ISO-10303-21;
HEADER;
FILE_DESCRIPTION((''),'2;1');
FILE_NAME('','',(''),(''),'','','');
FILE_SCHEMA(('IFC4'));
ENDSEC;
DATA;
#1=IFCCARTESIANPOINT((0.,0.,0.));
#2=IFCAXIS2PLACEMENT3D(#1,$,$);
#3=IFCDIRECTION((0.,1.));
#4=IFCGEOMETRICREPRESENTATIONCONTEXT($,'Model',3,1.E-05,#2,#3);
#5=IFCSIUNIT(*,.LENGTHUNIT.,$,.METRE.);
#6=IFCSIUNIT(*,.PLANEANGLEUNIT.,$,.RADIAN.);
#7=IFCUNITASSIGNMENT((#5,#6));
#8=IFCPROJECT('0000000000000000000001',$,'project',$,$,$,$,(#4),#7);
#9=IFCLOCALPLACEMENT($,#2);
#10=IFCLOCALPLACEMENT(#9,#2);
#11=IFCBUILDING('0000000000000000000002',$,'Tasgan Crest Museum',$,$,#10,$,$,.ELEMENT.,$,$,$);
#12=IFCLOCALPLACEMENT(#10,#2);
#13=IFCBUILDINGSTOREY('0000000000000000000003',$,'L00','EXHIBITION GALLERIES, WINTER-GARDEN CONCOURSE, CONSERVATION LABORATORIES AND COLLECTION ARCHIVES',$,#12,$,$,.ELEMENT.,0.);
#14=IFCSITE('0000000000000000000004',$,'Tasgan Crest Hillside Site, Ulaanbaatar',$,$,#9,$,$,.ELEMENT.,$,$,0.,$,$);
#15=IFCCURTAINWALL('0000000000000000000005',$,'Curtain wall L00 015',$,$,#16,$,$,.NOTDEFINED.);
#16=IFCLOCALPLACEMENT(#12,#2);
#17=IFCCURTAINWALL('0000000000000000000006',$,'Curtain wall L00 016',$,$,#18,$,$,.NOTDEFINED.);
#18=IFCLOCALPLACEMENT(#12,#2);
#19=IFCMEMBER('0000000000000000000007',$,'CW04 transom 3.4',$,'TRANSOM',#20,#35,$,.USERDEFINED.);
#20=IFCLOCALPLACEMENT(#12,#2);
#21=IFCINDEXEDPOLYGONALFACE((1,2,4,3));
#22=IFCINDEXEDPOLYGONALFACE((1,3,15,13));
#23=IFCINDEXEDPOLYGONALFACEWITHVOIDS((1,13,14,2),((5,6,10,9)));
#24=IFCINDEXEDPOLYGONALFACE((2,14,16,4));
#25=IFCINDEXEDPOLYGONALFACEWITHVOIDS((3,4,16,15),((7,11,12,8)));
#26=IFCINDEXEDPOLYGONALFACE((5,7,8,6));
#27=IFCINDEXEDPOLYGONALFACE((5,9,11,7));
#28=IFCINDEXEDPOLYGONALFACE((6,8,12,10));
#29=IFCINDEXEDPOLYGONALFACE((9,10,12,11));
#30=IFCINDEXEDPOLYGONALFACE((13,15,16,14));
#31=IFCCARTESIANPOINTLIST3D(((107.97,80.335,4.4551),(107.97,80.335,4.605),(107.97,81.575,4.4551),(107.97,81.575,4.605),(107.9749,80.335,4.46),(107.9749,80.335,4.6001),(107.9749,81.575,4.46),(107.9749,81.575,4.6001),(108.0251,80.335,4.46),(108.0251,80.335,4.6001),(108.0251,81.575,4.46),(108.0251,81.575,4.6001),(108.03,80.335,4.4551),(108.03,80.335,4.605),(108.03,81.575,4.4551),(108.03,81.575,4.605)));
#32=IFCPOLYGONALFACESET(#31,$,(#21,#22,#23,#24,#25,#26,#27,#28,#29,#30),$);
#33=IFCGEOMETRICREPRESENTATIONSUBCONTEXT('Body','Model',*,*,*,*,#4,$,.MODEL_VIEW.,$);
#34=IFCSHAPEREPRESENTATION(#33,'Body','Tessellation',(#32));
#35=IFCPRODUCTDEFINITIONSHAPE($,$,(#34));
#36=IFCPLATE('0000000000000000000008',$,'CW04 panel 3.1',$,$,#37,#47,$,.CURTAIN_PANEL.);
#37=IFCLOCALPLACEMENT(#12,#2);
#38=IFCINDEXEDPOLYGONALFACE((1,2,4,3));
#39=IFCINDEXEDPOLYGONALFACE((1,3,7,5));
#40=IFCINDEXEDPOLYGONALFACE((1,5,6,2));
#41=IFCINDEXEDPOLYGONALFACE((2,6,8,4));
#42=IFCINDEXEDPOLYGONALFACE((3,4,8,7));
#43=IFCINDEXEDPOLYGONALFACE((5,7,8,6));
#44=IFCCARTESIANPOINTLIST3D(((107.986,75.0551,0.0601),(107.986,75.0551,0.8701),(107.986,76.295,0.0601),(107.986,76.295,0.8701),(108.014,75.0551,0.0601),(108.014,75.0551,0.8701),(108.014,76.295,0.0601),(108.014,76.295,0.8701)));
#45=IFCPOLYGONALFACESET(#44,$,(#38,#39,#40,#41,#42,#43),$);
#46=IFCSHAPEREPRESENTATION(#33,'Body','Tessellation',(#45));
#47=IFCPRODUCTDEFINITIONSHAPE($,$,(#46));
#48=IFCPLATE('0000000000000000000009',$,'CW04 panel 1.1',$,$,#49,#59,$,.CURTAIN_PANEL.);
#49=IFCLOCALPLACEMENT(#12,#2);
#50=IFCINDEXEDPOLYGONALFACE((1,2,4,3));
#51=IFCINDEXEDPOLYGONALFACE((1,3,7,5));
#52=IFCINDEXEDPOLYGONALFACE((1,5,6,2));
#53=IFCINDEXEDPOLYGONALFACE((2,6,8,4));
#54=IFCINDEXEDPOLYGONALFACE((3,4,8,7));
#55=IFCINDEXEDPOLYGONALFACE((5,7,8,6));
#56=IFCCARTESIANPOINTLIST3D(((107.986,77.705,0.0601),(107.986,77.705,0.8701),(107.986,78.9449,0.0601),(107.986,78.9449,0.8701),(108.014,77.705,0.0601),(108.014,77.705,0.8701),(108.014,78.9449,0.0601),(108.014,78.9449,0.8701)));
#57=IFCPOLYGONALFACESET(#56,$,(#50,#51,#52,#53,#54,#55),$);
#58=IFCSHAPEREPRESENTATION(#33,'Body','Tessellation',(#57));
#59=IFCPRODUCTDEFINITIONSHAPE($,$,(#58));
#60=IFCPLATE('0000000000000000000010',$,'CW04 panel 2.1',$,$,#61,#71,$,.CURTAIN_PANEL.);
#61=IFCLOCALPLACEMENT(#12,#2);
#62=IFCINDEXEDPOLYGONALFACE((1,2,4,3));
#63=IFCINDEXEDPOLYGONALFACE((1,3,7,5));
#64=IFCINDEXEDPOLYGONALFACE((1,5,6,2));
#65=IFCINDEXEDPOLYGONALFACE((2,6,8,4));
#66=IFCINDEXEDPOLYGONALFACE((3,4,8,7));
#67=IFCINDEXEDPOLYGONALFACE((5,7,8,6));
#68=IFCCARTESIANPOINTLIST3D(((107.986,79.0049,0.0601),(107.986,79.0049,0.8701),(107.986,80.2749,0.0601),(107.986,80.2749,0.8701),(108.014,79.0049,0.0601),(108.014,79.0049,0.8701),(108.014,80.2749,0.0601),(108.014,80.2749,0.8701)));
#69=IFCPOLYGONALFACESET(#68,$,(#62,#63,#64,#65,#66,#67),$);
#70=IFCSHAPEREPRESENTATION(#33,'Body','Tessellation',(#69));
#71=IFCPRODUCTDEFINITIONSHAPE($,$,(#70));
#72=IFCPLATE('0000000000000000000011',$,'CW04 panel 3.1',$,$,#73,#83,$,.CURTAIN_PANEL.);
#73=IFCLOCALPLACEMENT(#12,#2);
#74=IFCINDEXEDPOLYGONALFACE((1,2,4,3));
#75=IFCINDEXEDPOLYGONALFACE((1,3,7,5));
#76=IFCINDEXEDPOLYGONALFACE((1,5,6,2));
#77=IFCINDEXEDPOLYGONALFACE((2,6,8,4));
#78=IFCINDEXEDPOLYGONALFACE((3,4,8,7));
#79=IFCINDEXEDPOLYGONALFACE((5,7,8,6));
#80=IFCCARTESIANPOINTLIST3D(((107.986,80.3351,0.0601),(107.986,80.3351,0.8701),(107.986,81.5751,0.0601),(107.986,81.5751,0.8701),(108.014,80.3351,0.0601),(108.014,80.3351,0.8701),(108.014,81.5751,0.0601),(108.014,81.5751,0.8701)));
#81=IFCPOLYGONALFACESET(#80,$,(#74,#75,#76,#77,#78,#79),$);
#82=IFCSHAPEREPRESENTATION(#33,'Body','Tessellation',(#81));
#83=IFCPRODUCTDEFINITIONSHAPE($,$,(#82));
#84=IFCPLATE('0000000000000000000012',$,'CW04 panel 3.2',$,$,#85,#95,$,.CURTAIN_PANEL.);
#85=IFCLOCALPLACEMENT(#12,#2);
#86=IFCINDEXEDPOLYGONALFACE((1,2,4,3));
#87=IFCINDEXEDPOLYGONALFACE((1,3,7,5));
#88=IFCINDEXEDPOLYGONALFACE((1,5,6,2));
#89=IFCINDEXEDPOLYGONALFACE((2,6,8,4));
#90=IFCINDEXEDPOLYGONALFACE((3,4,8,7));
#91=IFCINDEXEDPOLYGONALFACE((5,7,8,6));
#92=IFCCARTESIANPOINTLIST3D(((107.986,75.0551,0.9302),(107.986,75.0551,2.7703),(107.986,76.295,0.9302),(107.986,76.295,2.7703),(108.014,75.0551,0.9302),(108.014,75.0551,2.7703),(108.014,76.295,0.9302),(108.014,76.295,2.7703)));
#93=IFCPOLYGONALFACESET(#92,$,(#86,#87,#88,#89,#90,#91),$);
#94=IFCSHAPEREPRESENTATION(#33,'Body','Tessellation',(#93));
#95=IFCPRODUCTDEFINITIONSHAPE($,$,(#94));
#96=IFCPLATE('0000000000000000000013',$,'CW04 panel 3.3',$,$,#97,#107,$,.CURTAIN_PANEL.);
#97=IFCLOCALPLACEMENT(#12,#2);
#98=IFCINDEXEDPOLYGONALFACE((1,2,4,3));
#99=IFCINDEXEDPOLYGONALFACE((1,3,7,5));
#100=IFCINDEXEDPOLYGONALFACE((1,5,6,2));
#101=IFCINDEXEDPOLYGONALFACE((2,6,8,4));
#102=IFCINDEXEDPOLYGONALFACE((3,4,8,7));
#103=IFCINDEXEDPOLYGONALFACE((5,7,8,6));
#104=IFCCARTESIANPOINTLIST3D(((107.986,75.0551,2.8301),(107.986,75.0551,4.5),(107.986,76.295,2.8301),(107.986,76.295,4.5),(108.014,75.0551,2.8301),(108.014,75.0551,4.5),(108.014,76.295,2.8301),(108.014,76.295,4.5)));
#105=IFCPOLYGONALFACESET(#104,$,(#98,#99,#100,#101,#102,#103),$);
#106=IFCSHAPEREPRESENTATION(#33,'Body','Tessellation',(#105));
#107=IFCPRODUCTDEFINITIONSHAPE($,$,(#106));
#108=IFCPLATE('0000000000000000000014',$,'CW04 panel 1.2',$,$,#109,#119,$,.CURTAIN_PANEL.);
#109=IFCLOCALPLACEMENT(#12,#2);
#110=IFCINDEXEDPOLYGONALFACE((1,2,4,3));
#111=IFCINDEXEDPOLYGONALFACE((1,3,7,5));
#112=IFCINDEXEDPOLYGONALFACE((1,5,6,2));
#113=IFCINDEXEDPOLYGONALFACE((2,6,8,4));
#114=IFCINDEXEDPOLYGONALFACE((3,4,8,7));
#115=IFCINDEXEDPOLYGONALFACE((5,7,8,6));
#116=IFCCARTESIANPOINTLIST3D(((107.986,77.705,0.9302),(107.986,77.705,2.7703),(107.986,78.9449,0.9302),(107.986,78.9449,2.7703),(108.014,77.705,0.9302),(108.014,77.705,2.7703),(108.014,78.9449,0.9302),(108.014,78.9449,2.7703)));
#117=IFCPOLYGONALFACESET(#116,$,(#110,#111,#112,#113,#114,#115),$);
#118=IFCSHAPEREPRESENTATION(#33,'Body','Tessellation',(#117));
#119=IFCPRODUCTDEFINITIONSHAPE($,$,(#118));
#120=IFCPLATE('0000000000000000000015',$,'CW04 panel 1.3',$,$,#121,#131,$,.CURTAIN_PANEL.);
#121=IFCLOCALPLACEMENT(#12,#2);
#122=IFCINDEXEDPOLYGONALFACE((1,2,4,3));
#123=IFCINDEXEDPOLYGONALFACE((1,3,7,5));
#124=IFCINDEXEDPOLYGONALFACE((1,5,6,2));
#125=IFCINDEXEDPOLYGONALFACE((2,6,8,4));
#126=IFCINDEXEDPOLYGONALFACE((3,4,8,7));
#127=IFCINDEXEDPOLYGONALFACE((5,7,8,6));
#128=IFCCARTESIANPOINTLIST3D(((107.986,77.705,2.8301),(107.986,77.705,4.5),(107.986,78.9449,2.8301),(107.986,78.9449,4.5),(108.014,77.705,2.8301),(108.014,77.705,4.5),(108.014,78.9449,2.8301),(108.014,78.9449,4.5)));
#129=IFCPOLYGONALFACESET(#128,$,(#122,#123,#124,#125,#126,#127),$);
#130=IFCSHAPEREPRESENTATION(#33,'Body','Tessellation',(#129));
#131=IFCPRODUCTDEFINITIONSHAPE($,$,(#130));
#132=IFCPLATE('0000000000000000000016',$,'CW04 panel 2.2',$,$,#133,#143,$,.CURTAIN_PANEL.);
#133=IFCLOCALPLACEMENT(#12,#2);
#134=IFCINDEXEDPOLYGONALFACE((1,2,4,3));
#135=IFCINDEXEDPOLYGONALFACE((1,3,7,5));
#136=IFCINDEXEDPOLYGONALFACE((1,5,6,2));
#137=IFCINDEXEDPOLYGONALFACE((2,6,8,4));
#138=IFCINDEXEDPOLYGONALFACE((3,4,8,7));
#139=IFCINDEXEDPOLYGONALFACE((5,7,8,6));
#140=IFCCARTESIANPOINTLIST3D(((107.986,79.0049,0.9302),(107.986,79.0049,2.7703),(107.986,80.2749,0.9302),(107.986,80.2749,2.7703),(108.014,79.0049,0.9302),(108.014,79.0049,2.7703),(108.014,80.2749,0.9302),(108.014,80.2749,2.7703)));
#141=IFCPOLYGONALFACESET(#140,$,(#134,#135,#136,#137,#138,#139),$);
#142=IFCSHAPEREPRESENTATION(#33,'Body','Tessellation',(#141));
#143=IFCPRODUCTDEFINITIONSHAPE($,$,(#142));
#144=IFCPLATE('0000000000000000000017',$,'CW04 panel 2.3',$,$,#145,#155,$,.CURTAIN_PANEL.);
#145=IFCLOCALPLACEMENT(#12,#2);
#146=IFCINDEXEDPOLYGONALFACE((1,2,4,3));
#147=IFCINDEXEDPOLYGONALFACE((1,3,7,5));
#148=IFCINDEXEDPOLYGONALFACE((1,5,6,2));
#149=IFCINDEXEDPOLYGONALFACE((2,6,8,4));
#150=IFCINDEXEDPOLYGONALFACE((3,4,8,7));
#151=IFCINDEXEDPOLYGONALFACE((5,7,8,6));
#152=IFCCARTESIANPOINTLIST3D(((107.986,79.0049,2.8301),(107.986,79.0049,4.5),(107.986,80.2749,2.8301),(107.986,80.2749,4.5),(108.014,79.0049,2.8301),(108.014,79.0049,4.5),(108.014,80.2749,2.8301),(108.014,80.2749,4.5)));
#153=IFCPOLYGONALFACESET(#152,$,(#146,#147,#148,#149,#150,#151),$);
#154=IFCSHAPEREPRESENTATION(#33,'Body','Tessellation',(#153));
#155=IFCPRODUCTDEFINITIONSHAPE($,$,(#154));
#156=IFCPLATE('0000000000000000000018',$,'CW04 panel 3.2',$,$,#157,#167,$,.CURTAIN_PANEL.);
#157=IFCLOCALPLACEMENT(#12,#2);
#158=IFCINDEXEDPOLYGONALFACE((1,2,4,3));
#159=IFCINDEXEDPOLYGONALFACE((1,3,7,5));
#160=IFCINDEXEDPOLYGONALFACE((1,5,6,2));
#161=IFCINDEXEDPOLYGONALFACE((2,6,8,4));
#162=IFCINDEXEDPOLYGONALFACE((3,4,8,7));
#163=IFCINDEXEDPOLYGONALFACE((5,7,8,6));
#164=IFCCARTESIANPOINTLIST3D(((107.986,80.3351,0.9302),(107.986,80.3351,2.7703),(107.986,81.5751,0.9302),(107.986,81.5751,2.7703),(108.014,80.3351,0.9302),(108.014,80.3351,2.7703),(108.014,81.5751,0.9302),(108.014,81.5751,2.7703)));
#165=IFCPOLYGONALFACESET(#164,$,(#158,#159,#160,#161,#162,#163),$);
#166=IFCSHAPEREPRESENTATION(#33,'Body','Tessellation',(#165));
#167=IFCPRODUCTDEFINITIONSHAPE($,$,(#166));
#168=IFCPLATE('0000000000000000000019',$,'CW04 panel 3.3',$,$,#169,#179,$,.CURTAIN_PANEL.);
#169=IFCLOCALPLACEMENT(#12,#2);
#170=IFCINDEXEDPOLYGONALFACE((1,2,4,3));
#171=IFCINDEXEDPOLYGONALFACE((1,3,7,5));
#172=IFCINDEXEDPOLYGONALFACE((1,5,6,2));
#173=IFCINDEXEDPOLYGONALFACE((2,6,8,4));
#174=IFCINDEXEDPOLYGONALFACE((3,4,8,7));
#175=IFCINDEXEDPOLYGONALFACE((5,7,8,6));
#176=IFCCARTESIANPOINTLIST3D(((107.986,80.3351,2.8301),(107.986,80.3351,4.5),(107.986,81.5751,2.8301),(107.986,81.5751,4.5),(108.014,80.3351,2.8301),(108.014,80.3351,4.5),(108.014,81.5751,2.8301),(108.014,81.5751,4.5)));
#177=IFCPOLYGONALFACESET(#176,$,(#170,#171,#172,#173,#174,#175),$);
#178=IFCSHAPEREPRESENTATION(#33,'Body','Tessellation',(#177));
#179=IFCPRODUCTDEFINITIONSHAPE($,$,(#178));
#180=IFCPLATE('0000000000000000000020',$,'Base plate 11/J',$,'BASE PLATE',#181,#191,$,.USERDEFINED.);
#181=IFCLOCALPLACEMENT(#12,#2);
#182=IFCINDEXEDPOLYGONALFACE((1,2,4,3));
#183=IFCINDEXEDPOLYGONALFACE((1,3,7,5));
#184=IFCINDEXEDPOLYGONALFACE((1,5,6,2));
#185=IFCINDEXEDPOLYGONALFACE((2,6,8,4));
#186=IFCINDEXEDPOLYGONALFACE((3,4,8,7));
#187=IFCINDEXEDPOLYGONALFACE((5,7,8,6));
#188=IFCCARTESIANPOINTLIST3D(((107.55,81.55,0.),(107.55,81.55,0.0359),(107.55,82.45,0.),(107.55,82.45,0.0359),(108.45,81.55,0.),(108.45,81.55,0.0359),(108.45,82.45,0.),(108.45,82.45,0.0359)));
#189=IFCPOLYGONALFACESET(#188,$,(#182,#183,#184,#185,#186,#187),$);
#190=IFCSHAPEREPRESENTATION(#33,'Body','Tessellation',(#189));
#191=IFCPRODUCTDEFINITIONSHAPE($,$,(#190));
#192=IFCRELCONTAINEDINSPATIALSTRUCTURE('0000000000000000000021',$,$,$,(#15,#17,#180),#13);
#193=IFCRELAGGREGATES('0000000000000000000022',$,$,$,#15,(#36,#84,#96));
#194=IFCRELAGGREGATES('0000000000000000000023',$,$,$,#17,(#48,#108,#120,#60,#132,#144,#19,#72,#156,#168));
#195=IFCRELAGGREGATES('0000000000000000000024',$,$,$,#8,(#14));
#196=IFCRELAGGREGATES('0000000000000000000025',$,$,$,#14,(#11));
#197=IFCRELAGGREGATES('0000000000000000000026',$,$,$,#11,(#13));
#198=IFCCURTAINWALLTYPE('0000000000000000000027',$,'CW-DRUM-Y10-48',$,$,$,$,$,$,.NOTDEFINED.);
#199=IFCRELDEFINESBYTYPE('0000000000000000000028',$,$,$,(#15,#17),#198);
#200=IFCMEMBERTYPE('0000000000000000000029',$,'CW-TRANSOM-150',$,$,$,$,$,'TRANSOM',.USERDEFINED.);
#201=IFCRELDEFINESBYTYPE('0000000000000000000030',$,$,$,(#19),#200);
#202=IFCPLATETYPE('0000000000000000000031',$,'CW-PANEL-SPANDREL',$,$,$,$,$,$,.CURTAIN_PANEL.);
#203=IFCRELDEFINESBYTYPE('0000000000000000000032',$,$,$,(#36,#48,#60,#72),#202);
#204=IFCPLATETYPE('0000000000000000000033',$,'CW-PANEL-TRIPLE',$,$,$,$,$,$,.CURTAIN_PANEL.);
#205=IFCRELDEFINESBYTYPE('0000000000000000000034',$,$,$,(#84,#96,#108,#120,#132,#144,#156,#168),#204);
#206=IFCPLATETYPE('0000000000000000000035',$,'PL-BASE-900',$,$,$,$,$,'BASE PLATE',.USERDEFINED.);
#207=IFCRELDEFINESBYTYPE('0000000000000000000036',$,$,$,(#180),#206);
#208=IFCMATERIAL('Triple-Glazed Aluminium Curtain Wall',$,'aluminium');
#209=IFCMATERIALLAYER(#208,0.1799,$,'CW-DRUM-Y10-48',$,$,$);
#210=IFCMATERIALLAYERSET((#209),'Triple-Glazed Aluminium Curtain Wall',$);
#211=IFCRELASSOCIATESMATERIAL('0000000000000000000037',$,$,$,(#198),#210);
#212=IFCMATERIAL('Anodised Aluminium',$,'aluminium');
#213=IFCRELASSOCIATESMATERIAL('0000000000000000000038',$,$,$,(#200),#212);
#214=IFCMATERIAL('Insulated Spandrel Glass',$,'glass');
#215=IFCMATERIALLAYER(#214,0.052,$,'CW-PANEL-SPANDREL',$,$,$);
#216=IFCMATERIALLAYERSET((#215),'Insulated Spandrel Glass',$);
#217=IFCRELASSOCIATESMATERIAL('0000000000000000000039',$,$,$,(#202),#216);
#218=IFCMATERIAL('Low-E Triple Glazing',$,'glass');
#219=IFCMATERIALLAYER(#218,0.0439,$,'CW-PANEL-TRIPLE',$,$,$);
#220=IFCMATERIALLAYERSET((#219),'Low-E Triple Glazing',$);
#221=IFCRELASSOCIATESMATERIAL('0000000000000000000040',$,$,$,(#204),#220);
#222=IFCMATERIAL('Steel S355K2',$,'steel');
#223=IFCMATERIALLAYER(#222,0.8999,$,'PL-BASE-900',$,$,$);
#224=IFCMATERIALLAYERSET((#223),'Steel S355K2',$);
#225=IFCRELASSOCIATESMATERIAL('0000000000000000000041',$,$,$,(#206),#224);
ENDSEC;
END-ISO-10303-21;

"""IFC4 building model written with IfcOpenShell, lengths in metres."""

from ifc_helpers import new_model, si_unit, direction, frame, origin, origin_2d, place, context, subcontext, project, spatial, rectangle, hollow_rectangle, extrude, material, layer, layer_set, material_profile, profile_set, type_object, element, aggregate, save


model = new_model("IFC4")

# Units and contexts
model_context = context("Model", 3, precision=1e-05, world=origin(), true_north=direction((0.0, 1.0)))
body_context = subcontext(model_context, "Body", "Model", "MODEL_VIEW")
ifc_project = project(units=[si_unit("LENGTHUNIT", "METRE"), si_unit("PLANEANGLEUNIT", "RADIAN")], contexts=[model_context])

# Site, building, storey
site_placement = place(None, origin())
site = spatial("IfcSite", under=ifc_project, at=site_placement, Name="Tasgan Crest Hillside Site, Ulaanbaatar", CompositionType="ELEMENT", RefElevation=0.0)
building_placement = place(site_placement, origin())
building = spatial("IfcBuilding", under=site, at=building_placement, Name="Tasgan Crest Museum", CompositionType="ELEMENT")
storey_placement = place(building_placement, origin())
storey = spatial("IfcBuildingStorey", under=building, at=storey_placement, Name="L00", Description="EXHIBITION GALLERIES, WINTER-GARDEN CONCOURSE, CONSERVATION LABORATORIES AND COLLECTION ARCHIVES", CompositionType="ELEMENT", Elevation=0.0)

# Curtain walls
ifc_material_1 = material(Name="Triple-Glazed Aluminium Curtain Wall", Category="aluminium")
ifc_layer_1 = layer(ifc_material_1, 0.1799, Name="CW-DRUM-Y10-48")
ifc_layer_set_1 = layer_set([ifc_layer_1], Name="Triple-Glazed Aluminium Curtain Wall")
curtain_wall_type = type_object("IfcCurtainWallType", Name="CW-DRUM-Y10-48", PredefinedType="NOTDEFINED", material=ifc_layer_set_1)
curtain_wall_1_placement = place(storey_placement, origin())
curtain_wall_1 = element("IfcCurtainWall", 1, at=curtain_wall_1_placement, inside=storey, type_object=curtain_wall_type, Name="Curtain wall L00 015", PredefinedType="NOTDEFINED")
curtain_wall_2_placement = place(storey_placement, origin())
curtain_wall_2 = element("IfcCurtainWall", 2, at=curtain_wall_2_placement, inside=storey, type_object=curtain_wall_type, Name="Curtain wall L00 016", PredefinedType="NOTDEFINED")

# Member
ifc_material_2 = material(Name="Anodised Aluminium", Category="aluminium")
ifc_material_profile_1 = material_profile(ifc_material_2, hollow_rectangle(XDim=0.0601, YDim=0.1499, WallThickness=0.0049, at=origin_2d()), Name="ALU TRANSOM 150x60x5")
ifc_profile_set_1 = profile_set([ifc_material_profile_1], Name="Anodised Aluminium")
member_type_1 = type_object("IfcMemberType", Name="CW-TRANSOM-150", ElementType="TRANSOM", PredefinedType="USERDEFINED", material=ifc_profile_set_1)
member_1_placement = place(storey_placement, frame((108.0, 80.335, 4.53), z_axis=(0.0, 1.0, 0.0), x_axis=(-1.0, 0.0, 0.0)))
member_1 = element("IfcMember", 3, at=member_1_placement, type_object=member_type_1, Name="CW04 transom 3.4", ObjectType="TRANSOM", PredefinedType="USERDEFINED", context=body_context, shape_type="SweptSolid", body=[
    extrude(hollow_rectangle(XDim=0.0601, YDim=0.1499, WallThickness=0.0049, at=origin_2d()), origin(), (0.0, 0.0, 1.0), 1.24),
])

# Plates
ifc_material_3 = material(Name="Insulated Spandrel Glass", Category="glass")
ifc_layer_2 = layer(ifc_material_3, 0.052, Name="CW-PANEL-SPANDREL")
ifc_layer_set_2 = layer_set([ifc_layer_2], Name="Insulated Spandrel Glass")
plate_type_1 = type_object("IfcPlateType", Name="CW-PANEL-SPANDREL", PredefinedType="CURTAIN_PANEL", material=ifc_layer_set_2)
plate_1_placement = place(storey_placement, frame((108.0, 75.675, 0.0601), z_axis=(0.0, 0.0, 1.0), x_axis=(0.0, 1.0, 0.0)))
plate_1 = element("IfcPlate", 4, at=plate_1_placement, type_object=plate_type_1, Name="CW04 panel 3.1", PredefinedType="CURTAIN_PANEL", context=body_context, shape_type="SweptSolid", body=[
    extrude(rectangle(XDim=1.24, YDim=0.0281, at=origin_2d()), origin(), (0.0, 0.0, 1.0), 0.8101),
])
plate_2_placement = place(storey_placement, frame((108.0, 78.325, 0.0601), z_axis=(0.0, 0.0, 1.0), x_axis=(0.0, 1.0, 0.0)))
plate_2 = element("IfcPlate", 5, at=plate_2_placement, type_object=plate_type_1, Name="CW04 panel 1.1", PredefinedType="CURTAIN_PANEL", context=body_context, shape_type="SweptSolid", body=[
    extrude(rectangle(XDim=1.24, YDim=0.0281, at=origin_2d()), origin(), (0.0, 0.0, 1.0), 0.8101),
])
plate_3_placement = place(storey_placement, frame((108.0, 79.6399, 0.0601), z_axis=(0.0, 0.0, 1.0), x_axis=(0.0, 1.0, 0.0)))
plate_3 = element("IfcPlate", 6, at=plate_3_placement, type_object=plate_type_1, Name="CW04 panel 2.1", PredefinedType="CURTAIN_PANEL", context=body_context, shape_type="SweptSolid", body=[
    extrude(rectangle(XDim=1.27, YDim=0.0281, at=origin_2d()), origin(), (0.0, 0.0, 1.0), 0.8101),
])
plate_4_placement = place(storey_placement, frame((108.0, 80.9551, 0.0601), z_axis=(0.0, 0.0, 1.0), x_axis=(0.0, 1.0, 0.0)))
plate_4 = element("IfcPlate", 7, at=plate_4_placement, type_object=plate_type_1, Name="CW04 panel 3.1", PredefinedType="CURTAIN_PANEL", context=body_context, shape_type="SweptSolid", body=[
    extrude(rectangle(XDim=1.24, YDim=0.0281, at=origin_2d()), origin(), (0.0, 0.0, 1.0), 0.8101),
])
ifc_material_4 = material(Name="Low-E Triple Glazing", Category="glass")
ifc_layer_3 = layer(ifc_material_4, 0.0439, Name="CW-PANEL-TRIPLE")
ifc_layer_set_3 = layer_set([ifc_layer_3], Name="Low-E Triple Glazing")
plate_type_2 = type_object("IfcPlateType", Name="CW-PANEL-TRIPLE", PredefinedType="CURTAIN_PANEL", material=ifc_layer_set_3)
plate_5_placement = place(storey_placement, frame((108.0, 75.675, 0.9302), z_axis=(0.0, 0.0, 1.0), x_axis=(0.0, 1.0, 0.0)))
plate_5 = element("IfcPlate", 8, at=plate_5_placement, type_object=plate_type_2, Name="CW04 panel 3.2", PredefinedType="CURTAIN_PANEL", context=body_context, shape_type="SweptSolid", body=[
    extrude(rectangle(XDim=1.24, YDim=0.0281, at=origin_2d()), origin(), (0.0, 0.0, 1.0), 1.8401),
])
plate_6_placement = place(storey_placement, frame((108.0, 75.675, 2.8301), z_axis=(0.0, 0.0, 1.0), x_axis=(0.0, 1.0, 0.0)))
plate_6 = element("IfcPlate", 9, at=plate_6_placement, type_object=plate_type_2, Name="CW04 panel 3.3", PredefinedType="CURTAIN_PANEL", context=body_context, shape_type="SweptSolid", body=[
    extrude(rectangle(XDim=1.24, YDim=0.0281, at=origin_2d()), origin(), (0.0, 0.0, 1.0), 1.6699),
])
aggregate(curtain_wall_1, [plate_1, plate_5, plate_6])
plate_7_placement = place(storey_placement, frame((108.0, 78.325, 0.9302), z_axis=(0.0, 0.0, 1.0), x_axis=(0.0, 1.0, 0.0)))
plate_7 = element("IfcPlate", 10, at=plate_7_placement, type_object=plate_type_2, Name="CW04 panel 1.2", PredefinedType="CURTAIN_PANEL", context=body_context, shape_type="SweptSolid", body=[
    extrude(rectangle(XDim=1.24, YDim=0.0281, at=origin_2d()), origin(), (0.0, 0.0, 1.0), 1.8401),
])
plate_8_placement = place(storey_placement, frame((108.0, 78.325, 2.8301), z_axis=(0.0, 0.0, 1.0), x_axis=(0.0, 1.0, 0.0)))
plate_8 = element("IfcPlate", 11, at=plate_8_placement, type_object=plate_type_2, Name="CW04 panel 1.3", PredefinedType="CURTAIN_PANEL", context=body_context, shape_type="SweptSolid", body=[
    extrude(rectangle(XDim=1.24, YDim=0.0281, at=origin_2d()), origin(), (0.0, 0.0, 1.0), 1.6699),
])
plate_9_placement = place(storey_placement, frame((108.0, 79.6399, 0.9302), z_axis=(0.0, 0.0, 1.0), x_axis=(0.0, 1.0, 0.0)))
plate_9 = element("IfcPlate", 12, at=plate_9_placement, type_object=plate_type_2, Name="CW04 panel 2.2", PredefinedType="CURTAIN_PANEL", context=body_context, shape_type="SweptSolid", body=[
    extrude(rectangle(XDim=1.27, YDim=0.0281, at=origin_2d()), origin(), (0.0, 0.0, 1.0), 1.8401),
])
plate_10_placement = place(storey_placement, frame((108.0, 79.6399, 2.8301), z_axis=(0.0, 0.0, 1.0), x_axis=(0.0, 1.0, 0.0)))
plate_10 = element("IfcPlate", 13, at=plate_10_placement, type_object=plate_type_2, Name="CW04 panel 2.3", PredefinedType="CURTAIN_PANEL", context=body_context, shape_type="SweptSolid", body=[
    extrude(rectangle(XDim=1.27, YDim=0.0281, at=origin_2d()), origin(), (0.0, 0.0, 1.0), 1.6699),
])
plate_11_placement = place(storey_placement, frame((108.0, 80.9551, 0.9302), z_axis=(0.0, 0.0, 1.0), x_axis=(0.0, 1.0, 0.0)))
plate_11 = element("IfcPlate", 14, at=plate_11_placement, type_object=plate_type_2, Name="CW04 panel 3.2", PredefinedType="CURTAIN_PANEL", context=body_context, shape_type="SweptSolid", body=[
    extrude(rectangle(XDim=1.24, YDim=0.0281, at=origin_2d()), origin(), (0.0, 0.0, 1.0), 1.8401),
])
plate_12_placement = place(storey_placement, frame((108.0, 80.9551, 2.8301), z_axis=(0.0, 0.0, 1.0), x_axis=(0.0, 1.0, 0.0)))
plate_12 = element("IfcPlate", 15, at=plate_12_placement, type_object=plate_type_2, Name="CW04 panel 3.3", PredefinedType="CURTAIN_PANEL", context=body_context, shape_type="SweptSolid", body=[
    extrude(rectangle(XDim=1.24, YDim=0.0281, at=origin_2d()), origin(), (0.0, 0.0, 1.0), 1.6699),
])
aggregate(curtain_wall_2, [plate_2, plate_7, plate_8, plate_3, plate_9, plate_10, member_1, plate_4, plate_11, plate_12])
ifc_material_5 = material(Name="Steel S355K2", Category="steel")
ifc_layer_4 = layer(ifc_material_5, 0.8999, Name="PL-BASE-900")
ifc_layer_set_4 = layer_set([ifc_layer_4], Name="Steel S355K2")
plate_type_3 = type_object("IfcPlateType", Name="PL-BASE-900", ElementType="BASE PLATE", PredefinedType="USERDEFINED", material=ifc_layer_set_4)
plate_13_placement = place(storey_placement, frame((108.0, 82.0, 0.0), z_axis=(0.0, 0.0, 1.0), x_axis=(1.0, 0.0, 0.0)))
element("IfcPlate", 16, at=plate_13_placement, inside=storey, type_object=plate_type_3, Name="Base plate 11/J", ObjectType="BASE PLATE", PredefinedType="USERDEFINED", context=body_context, shape_type="SweptSolid", body=[
    extrude(rectangle(XDim=0.8999, YDim=0.8999, at=origin_2d()), origin(), (0.0, 0.0, 1.0), 0.0359),
])

save(model, "model.ifc")
